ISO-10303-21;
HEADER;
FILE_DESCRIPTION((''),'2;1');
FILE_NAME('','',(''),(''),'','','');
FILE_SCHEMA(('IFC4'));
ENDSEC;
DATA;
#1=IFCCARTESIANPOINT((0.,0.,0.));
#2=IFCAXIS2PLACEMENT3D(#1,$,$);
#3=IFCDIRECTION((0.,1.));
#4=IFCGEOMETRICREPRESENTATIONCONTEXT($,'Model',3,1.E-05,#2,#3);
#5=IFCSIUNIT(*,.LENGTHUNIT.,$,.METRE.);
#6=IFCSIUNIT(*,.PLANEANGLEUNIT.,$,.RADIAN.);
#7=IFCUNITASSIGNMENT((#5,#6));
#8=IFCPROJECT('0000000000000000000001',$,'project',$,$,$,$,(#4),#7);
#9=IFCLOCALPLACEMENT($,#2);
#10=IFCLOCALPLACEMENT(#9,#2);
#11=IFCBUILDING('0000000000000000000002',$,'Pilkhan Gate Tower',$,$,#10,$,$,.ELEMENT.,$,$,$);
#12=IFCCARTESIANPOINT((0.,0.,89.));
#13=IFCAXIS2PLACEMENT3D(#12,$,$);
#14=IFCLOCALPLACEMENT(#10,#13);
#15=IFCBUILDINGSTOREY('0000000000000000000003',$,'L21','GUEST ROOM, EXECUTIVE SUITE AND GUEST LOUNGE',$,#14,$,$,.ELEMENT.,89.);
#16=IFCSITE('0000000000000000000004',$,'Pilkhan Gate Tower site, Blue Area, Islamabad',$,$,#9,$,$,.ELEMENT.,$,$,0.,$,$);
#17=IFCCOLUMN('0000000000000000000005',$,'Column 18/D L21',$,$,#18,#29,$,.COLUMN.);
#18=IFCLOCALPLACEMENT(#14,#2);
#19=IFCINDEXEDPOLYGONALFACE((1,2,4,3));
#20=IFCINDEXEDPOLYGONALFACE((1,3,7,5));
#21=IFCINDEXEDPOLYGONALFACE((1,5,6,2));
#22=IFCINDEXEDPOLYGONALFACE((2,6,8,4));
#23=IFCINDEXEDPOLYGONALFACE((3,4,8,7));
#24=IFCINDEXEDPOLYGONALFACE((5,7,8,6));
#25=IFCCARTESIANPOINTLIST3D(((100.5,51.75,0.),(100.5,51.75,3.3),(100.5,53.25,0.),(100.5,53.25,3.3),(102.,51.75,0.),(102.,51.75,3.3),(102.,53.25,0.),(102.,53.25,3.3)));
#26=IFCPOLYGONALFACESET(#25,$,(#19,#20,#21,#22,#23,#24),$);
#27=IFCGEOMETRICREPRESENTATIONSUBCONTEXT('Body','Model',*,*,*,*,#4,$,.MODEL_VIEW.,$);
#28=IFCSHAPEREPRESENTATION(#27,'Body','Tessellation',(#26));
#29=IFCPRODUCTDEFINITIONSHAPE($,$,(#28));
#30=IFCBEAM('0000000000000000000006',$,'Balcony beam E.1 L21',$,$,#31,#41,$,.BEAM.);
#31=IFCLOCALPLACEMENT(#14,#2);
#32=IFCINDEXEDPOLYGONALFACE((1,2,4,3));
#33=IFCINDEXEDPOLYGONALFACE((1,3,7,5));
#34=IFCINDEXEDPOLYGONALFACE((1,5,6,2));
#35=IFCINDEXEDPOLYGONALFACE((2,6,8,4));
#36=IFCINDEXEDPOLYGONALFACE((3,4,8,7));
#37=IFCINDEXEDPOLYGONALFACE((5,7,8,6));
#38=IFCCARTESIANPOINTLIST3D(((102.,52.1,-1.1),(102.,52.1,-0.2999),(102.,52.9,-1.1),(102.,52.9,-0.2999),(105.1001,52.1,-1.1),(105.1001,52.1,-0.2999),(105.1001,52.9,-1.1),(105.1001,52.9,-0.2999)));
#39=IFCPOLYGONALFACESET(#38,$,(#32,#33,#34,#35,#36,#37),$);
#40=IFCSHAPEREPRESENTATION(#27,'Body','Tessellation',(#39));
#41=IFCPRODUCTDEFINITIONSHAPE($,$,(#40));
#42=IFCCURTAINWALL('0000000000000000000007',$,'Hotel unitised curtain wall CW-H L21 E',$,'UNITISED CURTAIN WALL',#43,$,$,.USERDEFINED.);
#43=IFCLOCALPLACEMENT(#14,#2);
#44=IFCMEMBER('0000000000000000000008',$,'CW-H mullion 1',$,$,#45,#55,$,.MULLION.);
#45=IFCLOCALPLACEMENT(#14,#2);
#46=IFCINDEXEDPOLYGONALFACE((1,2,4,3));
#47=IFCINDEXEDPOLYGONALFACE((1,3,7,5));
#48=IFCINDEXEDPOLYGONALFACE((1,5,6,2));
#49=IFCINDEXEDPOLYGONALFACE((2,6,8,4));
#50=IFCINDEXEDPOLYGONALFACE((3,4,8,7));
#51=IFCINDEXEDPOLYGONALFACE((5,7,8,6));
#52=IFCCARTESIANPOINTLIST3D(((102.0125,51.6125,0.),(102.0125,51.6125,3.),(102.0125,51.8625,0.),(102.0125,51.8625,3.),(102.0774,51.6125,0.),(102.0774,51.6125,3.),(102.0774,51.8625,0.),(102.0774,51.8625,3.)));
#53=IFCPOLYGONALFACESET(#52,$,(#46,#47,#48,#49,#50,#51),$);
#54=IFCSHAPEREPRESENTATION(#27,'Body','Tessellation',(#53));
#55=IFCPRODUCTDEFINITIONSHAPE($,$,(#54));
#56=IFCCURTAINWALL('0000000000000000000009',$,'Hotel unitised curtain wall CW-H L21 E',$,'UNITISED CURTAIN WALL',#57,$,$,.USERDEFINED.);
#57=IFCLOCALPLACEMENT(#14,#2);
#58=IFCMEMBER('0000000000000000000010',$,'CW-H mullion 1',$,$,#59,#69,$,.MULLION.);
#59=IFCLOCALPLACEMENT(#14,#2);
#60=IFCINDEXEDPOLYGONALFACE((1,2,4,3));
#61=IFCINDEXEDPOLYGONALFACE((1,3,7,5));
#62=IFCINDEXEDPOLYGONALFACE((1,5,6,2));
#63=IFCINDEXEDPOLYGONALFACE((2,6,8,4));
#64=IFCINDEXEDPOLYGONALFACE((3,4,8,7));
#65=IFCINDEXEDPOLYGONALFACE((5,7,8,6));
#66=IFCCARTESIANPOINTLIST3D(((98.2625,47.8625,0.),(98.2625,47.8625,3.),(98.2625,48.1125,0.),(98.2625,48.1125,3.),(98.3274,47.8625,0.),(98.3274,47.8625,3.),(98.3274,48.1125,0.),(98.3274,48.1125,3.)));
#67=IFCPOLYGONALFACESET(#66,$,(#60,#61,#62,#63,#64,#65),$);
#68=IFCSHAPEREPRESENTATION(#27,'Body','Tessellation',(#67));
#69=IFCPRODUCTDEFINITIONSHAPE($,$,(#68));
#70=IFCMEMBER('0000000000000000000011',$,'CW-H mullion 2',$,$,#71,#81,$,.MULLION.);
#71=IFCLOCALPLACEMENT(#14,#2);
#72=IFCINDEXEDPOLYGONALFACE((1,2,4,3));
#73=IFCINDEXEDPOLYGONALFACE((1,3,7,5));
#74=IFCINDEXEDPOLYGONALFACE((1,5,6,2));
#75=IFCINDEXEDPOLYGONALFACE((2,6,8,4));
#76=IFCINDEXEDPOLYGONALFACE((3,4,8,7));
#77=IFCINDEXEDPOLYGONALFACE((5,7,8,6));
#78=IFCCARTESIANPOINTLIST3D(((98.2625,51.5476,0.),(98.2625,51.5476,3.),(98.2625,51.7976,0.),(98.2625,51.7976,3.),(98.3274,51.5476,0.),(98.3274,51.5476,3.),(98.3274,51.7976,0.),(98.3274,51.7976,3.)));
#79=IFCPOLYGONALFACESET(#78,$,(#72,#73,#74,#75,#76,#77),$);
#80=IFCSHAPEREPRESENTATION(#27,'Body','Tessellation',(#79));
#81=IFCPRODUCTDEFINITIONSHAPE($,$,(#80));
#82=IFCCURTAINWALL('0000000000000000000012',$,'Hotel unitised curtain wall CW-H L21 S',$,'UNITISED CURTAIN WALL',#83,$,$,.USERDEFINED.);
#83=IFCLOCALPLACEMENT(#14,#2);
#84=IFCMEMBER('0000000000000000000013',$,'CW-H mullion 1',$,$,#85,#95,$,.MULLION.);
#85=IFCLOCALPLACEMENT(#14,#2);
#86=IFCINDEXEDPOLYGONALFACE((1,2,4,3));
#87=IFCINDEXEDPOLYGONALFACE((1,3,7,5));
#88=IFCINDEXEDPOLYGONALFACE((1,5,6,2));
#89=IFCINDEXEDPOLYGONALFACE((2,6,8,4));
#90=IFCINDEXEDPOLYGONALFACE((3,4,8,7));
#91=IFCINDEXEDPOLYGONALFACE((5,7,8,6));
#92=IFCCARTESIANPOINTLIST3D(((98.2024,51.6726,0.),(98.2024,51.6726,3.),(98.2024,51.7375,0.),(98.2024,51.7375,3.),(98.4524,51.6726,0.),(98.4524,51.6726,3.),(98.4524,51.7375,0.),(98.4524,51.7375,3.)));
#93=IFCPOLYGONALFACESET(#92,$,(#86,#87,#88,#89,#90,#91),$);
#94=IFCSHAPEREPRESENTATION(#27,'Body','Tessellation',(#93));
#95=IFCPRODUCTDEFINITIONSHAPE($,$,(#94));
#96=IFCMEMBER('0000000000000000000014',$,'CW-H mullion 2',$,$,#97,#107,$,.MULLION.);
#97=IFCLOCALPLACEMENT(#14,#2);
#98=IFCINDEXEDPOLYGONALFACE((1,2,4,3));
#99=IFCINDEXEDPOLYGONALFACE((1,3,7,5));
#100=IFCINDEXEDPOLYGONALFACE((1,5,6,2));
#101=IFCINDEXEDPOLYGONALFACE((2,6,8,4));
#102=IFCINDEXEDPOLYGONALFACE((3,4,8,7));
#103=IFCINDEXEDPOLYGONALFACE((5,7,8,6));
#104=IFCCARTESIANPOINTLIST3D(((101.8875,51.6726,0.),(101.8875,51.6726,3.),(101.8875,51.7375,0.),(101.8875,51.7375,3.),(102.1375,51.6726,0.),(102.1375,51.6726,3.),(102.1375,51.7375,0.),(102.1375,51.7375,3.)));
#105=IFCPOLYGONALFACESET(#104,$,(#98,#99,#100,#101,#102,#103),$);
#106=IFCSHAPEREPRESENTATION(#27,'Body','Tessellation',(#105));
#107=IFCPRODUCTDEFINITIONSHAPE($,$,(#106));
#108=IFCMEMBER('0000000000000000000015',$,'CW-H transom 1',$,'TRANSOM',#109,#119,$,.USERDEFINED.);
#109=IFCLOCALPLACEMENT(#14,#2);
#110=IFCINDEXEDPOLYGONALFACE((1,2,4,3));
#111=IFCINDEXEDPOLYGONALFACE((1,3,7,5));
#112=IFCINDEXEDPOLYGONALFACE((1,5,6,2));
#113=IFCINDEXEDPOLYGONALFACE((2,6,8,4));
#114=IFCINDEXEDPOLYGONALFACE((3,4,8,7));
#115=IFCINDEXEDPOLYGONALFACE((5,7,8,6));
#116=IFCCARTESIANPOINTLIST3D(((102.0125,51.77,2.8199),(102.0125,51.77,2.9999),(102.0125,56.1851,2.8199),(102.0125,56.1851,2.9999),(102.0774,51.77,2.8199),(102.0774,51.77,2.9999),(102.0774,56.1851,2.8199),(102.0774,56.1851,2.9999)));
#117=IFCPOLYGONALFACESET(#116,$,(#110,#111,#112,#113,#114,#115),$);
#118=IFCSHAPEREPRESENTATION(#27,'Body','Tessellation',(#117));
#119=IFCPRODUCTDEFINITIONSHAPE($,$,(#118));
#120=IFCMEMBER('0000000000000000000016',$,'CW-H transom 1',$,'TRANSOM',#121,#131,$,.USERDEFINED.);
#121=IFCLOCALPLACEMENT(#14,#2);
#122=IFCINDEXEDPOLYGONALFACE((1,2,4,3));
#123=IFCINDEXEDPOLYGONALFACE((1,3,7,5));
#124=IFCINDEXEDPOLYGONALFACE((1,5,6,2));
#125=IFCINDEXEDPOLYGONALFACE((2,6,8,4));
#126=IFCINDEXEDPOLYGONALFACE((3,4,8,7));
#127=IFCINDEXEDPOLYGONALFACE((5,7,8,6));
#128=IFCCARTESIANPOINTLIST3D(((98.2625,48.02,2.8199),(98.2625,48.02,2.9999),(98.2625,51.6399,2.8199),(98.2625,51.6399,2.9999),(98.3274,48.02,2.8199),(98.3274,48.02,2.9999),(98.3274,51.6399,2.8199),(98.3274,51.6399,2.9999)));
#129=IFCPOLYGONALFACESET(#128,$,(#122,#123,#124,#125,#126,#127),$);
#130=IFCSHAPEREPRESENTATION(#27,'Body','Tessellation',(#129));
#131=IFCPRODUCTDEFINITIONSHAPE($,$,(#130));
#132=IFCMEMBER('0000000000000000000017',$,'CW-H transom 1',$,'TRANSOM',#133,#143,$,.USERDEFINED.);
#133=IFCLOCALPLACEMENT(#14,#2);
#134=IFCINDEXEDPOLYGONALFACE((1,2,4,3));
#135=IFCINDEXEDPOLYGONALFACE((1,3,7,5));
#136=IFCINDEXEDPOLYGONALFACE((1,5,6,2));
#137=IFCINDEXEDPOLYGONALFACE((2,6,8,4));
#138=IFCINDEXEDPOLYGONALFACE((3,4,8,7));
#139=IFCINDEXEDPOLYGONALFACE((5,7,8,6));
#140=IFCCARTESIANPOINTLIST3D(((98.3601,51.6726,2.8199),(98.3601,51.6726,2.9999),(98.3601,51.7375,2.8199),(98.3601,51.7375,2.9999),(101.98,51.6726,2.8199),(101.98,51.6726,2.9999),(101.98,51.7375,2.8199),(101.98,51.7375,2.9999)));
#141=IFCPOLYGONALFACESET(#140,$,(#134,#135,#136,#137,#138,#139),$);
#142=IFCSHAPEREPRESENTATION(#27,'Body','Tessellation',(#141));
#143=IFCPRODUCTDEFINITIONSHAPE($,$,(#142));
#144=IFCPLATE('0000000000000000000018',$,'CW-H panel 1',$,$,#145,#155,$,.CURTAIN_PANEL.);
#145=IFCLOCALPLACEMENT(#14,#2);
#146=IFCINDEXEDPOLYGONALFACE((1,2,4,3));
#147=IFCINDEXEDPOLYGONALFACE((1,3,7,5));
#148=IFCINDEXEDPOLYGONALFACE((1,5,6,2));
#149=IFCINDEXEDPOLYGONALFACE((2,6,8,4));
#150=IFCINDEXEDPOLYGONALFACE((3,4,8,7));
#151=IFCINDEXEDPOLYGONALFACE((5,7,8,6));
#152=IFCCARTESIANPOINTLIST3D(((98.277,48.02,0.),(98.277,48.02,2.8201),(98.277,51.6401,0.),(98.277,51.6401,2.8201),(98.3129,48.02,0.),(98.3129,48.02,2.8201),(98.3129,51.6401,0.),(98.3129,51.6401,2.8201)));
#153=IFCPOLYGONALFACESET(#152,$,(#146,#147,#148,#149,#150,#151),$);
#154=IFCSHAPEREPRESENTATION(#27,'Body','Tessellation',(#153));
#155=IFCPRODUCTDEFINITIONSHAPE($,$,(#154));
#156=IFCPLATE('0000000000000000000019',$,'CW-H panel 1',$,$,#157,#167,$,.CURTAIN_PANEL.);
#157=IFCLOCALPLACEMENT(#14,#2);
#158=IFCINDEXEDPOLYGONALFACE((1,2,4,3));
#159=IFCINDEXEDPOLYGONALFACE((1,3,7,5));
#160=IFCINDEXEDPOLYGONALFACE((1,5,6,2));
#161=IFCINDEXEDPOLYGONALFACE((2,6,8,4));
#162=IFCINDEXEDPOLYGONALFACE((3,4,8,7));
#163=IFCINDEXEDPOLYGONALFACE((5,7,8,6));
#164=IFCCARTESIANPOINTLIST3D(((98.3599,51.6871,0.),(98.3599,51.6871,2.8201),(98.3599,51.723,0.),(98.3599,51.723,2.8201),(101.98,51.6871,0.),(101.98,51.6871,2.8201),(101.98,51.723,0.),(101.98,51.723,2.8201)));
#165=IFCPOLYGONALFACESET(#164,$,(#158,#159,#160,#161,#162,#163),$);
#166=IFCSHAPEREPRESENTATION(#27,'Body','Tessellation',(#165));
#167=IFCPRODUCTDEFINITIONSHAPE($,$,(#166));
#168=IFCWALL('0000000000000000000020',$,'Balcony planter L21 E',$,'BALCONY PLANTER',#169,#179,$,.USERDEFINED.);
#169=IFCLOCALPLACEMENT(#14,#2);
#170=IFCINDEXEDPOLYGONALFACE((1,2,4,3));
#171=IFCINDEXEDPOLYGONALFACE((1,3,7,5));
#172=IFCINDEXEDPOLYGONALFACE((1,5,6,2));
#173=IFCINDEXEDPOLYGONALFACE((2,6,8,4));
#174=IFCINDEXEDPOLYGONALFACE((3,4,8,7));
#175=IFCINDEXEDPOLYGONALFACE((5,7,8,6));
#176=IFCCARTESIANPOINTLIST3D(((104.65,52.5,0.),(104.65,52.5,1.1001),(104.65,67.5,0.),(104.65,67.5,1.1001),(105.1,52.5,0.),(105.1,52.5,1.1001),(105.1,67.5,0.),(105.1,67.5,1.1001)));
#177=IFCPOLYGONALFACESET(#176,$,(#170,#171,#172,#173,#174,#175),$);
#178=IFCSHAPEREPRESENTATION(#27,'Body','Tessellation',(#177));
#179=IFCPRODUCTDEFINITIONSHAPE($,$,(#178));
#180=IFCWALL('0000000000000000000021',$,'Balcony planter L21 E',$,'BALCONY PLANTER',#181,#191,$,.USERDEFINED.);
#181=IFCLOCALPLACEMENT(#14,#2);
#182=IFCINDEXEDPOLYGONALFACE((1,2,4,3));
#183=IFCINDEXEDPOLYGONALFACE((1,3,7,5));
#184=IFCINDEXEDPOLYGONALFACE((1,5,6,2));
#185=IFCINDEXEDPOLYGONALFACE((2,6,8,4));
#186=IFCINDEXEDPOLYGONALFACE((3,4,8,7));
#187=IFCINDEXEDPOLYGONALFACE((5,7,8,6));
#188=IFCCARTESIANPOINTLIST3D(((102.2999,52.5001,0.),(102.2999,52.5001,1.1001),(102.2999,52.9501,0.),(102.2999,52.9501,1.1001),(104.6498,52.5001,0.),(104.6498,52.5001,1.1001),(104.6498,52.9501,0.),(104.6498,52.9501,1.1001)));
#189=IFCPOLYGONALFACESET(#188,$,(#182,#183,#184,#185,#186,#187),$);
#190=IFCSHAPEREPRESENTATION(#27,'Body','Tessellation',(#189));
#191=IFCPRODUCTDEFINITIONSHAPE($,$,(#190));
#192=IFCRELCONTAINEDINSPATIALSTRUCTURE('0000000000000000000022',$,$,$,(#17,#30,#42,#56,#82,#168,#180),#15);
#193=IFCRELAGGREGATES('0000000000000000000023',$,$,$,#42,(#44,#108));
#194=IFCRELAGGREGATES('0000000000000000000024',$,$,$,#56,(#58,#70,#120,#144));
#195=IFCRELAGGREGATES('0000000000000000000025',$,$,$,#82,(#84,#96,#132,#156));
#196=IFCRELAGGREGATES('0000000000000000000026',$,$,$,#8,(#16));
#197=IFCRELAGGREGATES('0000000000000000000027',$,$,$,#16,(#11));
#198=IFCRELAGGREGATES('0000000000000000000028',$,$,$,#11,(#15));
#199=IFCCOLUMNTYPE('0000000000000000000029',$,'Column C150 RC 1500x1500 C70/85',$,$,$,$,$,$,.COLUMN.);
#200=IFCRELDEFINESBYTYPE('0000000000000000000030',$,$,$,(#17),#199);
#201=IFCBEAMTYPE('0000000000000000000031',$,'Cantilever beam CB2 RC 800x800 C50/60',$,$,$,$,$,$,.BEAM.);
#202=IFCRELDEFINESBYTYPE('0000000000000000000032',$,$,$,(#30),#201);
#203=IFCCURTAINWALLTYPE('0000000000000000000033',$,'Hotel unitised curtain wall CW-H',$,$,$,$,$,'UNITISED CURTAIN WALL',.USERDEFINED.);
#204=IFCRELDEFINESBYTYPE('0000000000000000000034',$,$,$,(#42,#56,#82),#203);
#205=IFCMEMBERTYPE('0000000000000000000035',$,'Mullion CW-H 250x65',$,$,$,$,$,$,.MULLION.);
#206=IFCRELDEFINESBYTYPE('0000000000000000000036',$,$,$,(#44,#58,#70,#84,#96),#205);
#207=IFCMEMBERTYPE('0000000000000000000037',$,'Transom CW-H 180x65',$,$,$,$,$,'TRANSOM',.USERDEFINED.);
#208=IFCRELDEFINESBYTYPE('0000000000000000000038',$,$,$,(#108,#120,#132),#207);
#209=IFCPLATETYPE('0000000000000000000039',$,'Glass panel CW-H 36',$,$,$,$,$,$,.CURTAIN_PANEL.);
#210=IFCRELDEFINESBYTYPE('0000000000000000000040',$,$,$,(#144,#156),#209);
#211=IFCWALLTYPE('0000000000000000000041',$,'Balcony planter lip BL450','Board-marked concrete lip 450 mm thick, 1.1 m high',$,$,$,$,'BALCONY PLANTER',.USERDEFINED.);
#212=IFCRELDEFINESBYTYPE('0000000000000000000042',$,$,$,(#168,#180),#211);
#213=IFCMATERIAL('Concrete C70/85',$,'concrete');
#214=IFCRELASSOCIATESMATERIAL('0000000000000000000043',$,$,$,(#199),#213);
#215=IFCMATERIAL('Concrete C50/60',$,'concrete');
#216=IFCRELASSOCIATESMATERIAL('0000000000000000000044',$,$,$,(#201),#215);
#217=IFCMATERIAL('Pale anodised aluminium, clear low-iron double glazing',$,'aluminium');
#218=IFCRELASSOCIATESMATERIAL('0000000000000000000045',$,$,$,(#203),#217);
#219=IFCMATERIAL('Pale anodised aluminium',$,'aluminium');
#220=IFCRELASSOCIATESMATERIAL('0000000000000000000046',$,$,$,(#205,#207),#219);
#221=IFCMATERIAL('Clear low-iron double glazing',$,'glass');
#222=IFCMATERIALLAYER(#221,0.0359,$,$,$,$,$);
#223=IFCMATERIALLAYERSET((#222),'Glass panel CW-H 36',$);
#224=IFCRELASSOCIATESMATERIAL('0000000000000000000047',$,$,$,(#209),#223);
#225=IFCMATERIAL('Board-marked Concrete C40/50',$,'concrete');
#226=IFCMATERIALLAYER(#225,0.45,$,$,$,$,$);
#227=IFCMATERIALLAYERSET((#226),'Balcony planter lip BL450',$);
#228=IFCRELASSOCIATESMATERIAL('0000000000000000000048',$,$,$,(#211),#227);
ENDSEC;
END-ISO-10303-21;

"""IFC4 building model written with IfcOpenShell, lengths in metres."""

from ifc_helpers import new_model, si_unit, direction, frame, frame_2d, origin, origin_2d, place, context, subcontext, project, spatial, rectangle, extrude, material, layer, layer_set, material_profile, profile_set, type_object, element, aggregate, save


model = new_model("IFC4")

# Units and contexts
model_context = context("Model", 3, precision=1e-05, world=origin(), true_north=direction((0.0, 1.0)))
body_context = subcontext(model_context, "Body", "Model", "MODEL_VIEW")
ifc_project = project(units=[si_unit("LENGTHUNIT", "METRE"), si_unit("PLANEANGLEUNIT", "RADIAN")], contexts=[model_context])

# Site, building, storey
site_placement = place(None, origin())
site = spatial("IfcSite", under=ifc_project, at=site_placement, Name="Pilkhan Gate Tower site, Blue Area, Islamabad", CompositionType="ELEMENT", RefElevation=0.0)
building_placement = place(site_placement, origin())
building = spatial("IfcBuilding", under=site, at=building_placement, Name="Pilkhan Gate Tower", CompositionType="ELEMENT")
storey_placement = place(building_placement, frame((0.0, 0.0, 89.0)))
storey = spatial("IfcBuildingStorey", under=building, at=storey_placement, Name="L21", Description="GUEST ROOM, EXECUTIVE SUITE AND GUEST LOUNGE", CompositionType="ELEMENT", Elevation=89.0)

# Column
ifc_material_1 = material(Name="Concrete C70/85", Category="concrete")
ifc_material_profile_1 = material_profile(ifc_material_1, rectangle(XDim=1.5, YDim=1.5, at=origin_2d()), Name="RC 1500x1500")
ifc_profile_set_1 = profile_set([ifc_material_profile_1], Name="Concrete C70/85")
column_type = type_object("IfcColumnType", Name="Column C150 RC 1500x1500 C70/85", PredefinedType="COLUMN", material=ifc_profile_set_1)
column_placement = place(storey_placement, frame((101.25, 52.5, 0.0), z_axis=(0.0, 0.0, 1.0), x_axis=(1.0, 0.0, 0.0)))
element("IfcColumn", 1, at=column_placement, inside=storey, type_object=column_type, Name="Column 18/D L21", PredefinedType="COLUMN", context=body_context, shape_type="SweptSolid", body=[
    extrude(rectangle(XDim=1.5, YDim=1.5, at=origin_2d()), origin(), (0.0, 0.0, 1.0), 3.3),
])

# Beam
ifc_material_2 = material(Name="Concrete C50/60", Category="concrete")
ifc_material_profile_2 = material_profile(ifc_material_2, rectangle(XDim=0.8, YDim=0.8, at=origin_2d()), Name="RC 800x800")
ifc_profile_set_2 = profile_set([ifc_material_profile_2], Name="Concrete C50/60")
beam_type = type_object("IfcBeamType", Name="Cantilever beam CB2 RC 800x800 C50/60", PredefinedType="BEAM", material=ifc_profile_set_2)
beam_placement = place(storey_placement, frame((102.0, 52.5, -0.7), z_axis=(1.0, 0.0, 0.0), x_axis=(0.0, 1.0, 0.0)))
element("IfcBeam", 2, at=beam_placement, inside=storey, type_object=beam_type, Name="Balcony beam E.1 L21", PredefinedType="BEAM", context=body_context, shape_type="SweptSolid", body=[
    extrude(rectangle(XDim=0.8, YDim=0.8, at=origin_2d()), origin(), (0.0, 0.0, 1.0), 3.1001),
])

# Curtain wall, member
ifc_material_3 = material(Name="Pale anodised aluminium, clear low-iron double glazing", Category="aluminium")
curtain_wall_type = type_object("IfcCurtainWallType", Name="Hotel unitised curtain wall CW-H", ElementType="UNITISED CURTAIN WALL", PredefinedType="USERDEFINED", material=ifc_material_3)
curtain_wall_1_placement = place(storey_placement, origin())
curtain_wall_1 = element("IfcCurtainWall", 3, at=curtain_wall_1_placement, inside=storey, type_object=curtain_wall_type, Name="Hotel unitised curtain wall CW-H L21 E", ObjectType="UNITISED CURTAIN WALL", PredefinedType="USERDEFINED")
ifc_material_4 = material(Name="Pale anodised aluminium", Category="aluminium")
ifc_material_profile_3 = material_profile(ifc_material_4, rectangle(XDim=0.0649, YDim=0.25, at=origin_2d()), Name="Mullion 250x65")
ifc_profile_set_3 = profile_set([ifc_material_profile_3], Name="Pale anodised aluminium")
member_type_1 = type_object("IfcMemberType", Name="Mullion CW-H 250x65", PredefinedType="MULLION", material=ifc_profile_set_3)
member_1_placement = place(storey_placement, frame((102.0449, 51.7375, 0.0), z_axis=(0.0, 0.0, 1.0), x_axis=(-1.0, 0.0, 0.0)))
member_1 = element("IfcMember", 4, at=member_1_placement, type_object=member_type_1, Name="CW-H mullion 1", PredefinedType="MULLION", context=body_context, shape_type="SweptSolid", body=[
    extrude(rectangle(XDim=0.0649, YDim=0.25, at=origin_2d()), origin(), (0.0, 0.0, 1.0), 3.0),
])

# Curtain walls, members
curtain_wall_2_placement = place(storey_placement, origin())
curtain_wall_2 = element("IfcCurtainWall", 5, at=curtain_wall_2_placement, inside=storey, type_object=curtain_wall_type, Name="Hotel unitised curtain wall CW-H L21 E", ObjectType="UNITISED CURTAIN WALL", PredefinedType="USERDEFINED")
member_2_placement = place(storey_placement, frame((98.2949, 47.9875, 0.0), z_axis=(0.0, 0.0, 1.0), x_axis=(-1.0, 0.0, 0.0)))
member_2 = element("IfcMember", 6, at=member_2_placement, type_object=member_type_1, Name="CW-H mullion 1", PredefinedType="MULLION", context=body_context, shape_type="SweptSolid", body=[
    extrude(rectangle(XDim=0.0649, YDim=0.25, at=origin_2d()), origin(), (0.0, 0.0, 1.0), 3.0),
])
member_3_placement = place(storey_placement, frame((98.2949, 51.6726, 0.0), z_axis=(0.0, 0.0, 1.0), x_axis=(-1.0, 0.0, 0.0)))
member_3 = element("IfcMember", 7, at=member_3_placement, type_object=member_type_1, Name="CW-H mullion 2", PredefinedType="MULLION", context=body_context, shape_type="SweptSolid", body=[
    extrude(rectangle(XDim=0.0649, YDim=0.25, at=origin_2d()), origin(), (0.0, 0.0, 1.0), 3.0),
])
curtain_wall_3_placement = place(storey_placement, origin())
curtain_wall_3 = element("IfcCurtainWall", 8, at=curtain_wall_3_placement, inside=storey, type_object=curtain_wall_type, Name="Hotel unitised curtain wall CW-H L21 S", ObjectType="UNITISED CURTAIN WALL", PredefinedType="USERDEFINED")
member_4_placement = place(storey_placement, frame((98.3274, 51.7051, 0.0), z_axis=(0.0, 0.0, 1.0), x_axis=(0.0, 1.0, 0.0)))
member_4 = element("IfcMember", 9, at=member_4_placement, type_object=member_type_1, Name="CW-H mullion 1", PredefinedType="MULLION", context=body_context, shape_type="SweptSolid", body=[
    extrude(rectangle(XDim=0.0649, YDim=0.25, at=origin_2d()), origin(), (0.0, 0.0, 1.0), 3.0),
])
member_5_placement = place(storey_placement, frame((102.0125, 51.7051, 0.0), z_axis=(0.0, 0.0, 1.0), x_axis=(0.0, 1.0, 0.0)))
member_5 = element("IfcMember", 10, at=member_5_placement, type_object=member_type_1, Name="CW-H mullion 2", PredefinedType="MULLION", context=body_context, shape_type="SweptSolid", body=[
    extrude(rectangle(XDim=0.0649, YDim=0.25, at=origin_2d()), origin(), (0.0, 0.0, 1.0), 3.0),
])

# Members
ifc_material_profile_4 = material_profile(ifc_material_4, rectangle(XDim=0.0649, YDim=0.1799, at=origin_2d()), Name="Transom 180x65")
ifc_profile_set_4 = profile_set([ifc_material_profile_4], Name="Pale anodised aluminium")
member_type_2 = type_object("IfcMemberType", Name="Transom CW-H 180x65", ElementType="TRANSOM", PredefinedType="USERDEFINED", material=ifc_profile_set_4)
member_6_placement = place(storey_placement, frame((102.0449, 51.77, 2.9099), z_axis=(0.0, 1.0, 0.0), x_axis=(-1.0, 0.0, 0.0)))
member_6 = element("IfcMember", 11, at=member_6_placement, type_object=member_type_2, Name="CW-H transom 1", ObjectType="TRANSOM", PredefinedType="USERDEFINED", context=body_context, shape_type="SweptSolid", body=[
    extrude(rectangle(XDim=0.0649, YDim=0.1799, at=origin_2d()), origin(), (0.0, 0.0, 1.0), 4.415),
])
aggregate(curtain_wall_1, [member_1, member_6])
member_7_placement = place(storey_placement, frame((98.2949, 48.02, 2.9099), z_axis=(0.0, 1.0, 0.0), x_axis=(-1.0, 0.0, 0.0)))
member_7 = element("IfcMember", 12, at=member_7_placement, type_object=member_type_2, Name="CW-H transom 1", ObjectType="TRANSOM", PredefinedType="USERDEFINED", context=body_context, shape_type="SweptSolid", body=[
    extrude(rectangle(XDim=0.0649, YDim=0.1799, at=origin_2d()), origin(), (0.0, 0.0, 1.0), 3.6199),
])
member_8_placement = place(storey_placement, frame((98.3601, 51.7051, 2.9099), z_axis=(1.0, 0.0, 0.0), x_axis=(0.0, 1.0, 0.0)))
member_8 = element("IfcMember", 13, at=member_8_placement, type_object=member_type_2, Name="CW-H transom 1", ObjectType="TRANSOM", PredefinedType="USERDEFINED", context=body_context, shape_type="SweptSolid", body=[
    extrude(rectangle(XDim=0.0649, YDim=0.1799, at=origin_2d()), origin(), (0.0, 0.0, 1.0), 3.6199),
])

# Plates
ifc_material_5 = material(Name="Clear low-iron double glazing", Category="glass")
ifc_layer_1 = layer(ifc_material_5, 0.0359)
ifc_layer_set_1 = layer_set([ifc_layer_1], Name="Glass panel CW-H 36")
plate_type = type_object("IfcPlateType", Name="Glass panel CW-H 36", PredefinedType="CURTAIN_PANEL", material=ifc_layer_set_1)
plate_1_placement = place(storey_placement, frame((98.2949, 49.8301, 0.0), z_axis=(0.0, 0.0, 1.0), x_axis=(0.0, 1.0, 0.0)))
plate_1 = element("IfcPlate", 14, at=plate_1_placement, type_object=plate_type, Name="CW-H panel 1", PredefinedType="CURTAIN_PANEL", context=body_context, shape_type="SweptSolid", body=[
    extrude(rectangle(XDim=3.6201, YDim=0.0359, at=origin_2d()), origin(), (0.0, 0.0, 1.0), 2.8201),
])
aggregate(curtain_wall_2, [member_2, member_3, member_7, plate_1])
plate_2_placement = place(storey_placement, frame((100.1699, 51.7051, 0.0), z_axis=(0.0, 0.0, 1.0), x_axis=(1.0, 0.0, 0.0)))
plate_2 = element("IfcPlate", 15, at=plate_2_placement, type_object=plate_type, Name="CW-H panel 1", PredefinedType="CURTAIN_PANEL", context=body_context, shape_type="SweptSolid", body=[
    extrude(rectangle(XDim=3.6201, YDim=0.0359, at=origin_2d()), origin(), (0.0, 0.0, 1.0), 2.8201),
])
aggregate(curtain_wall_3, [member_4, member_5, member_8, plate_2])

# Walls
ifc_material_6 = material(Name="Board-marked Concrete C40/50", Category="concrete")
ifc_layer_2 = layer(ifc_material_6, 0.45)
ifc_layer_set_2 = layer_set([ifc_layer_2], Name="Balcony planter lip BL450")
wall_type_1 = type_object("IfcWallType", Name="Balcony planter lip BL450", Description="Board-marked concrete lip 450 mm thick, 1.1 m high", ElementType="BALCONY PLANTER", PredefinedType="USERDEFINED", material=ifc_layer_set_2)
wall_1_placement = place(storey_placement, frame((104.875, 52.5, 0.0), z_axis=(0.0, 0.0, 1.0), x_axis=(0.0, 1.0, 0.0)))
element("IfcWall", 16, at=wall_1_placement, inside=storey, type_object=wall_type_1, Name="Balcony planter L21 E", ObjectType="BALCONY PLANTER", PredefinedType="USERDEFINED", context=body_context, shape_type="SweptSolid", body=[
    extrude(rectangle(XDim=15.0, YDim=0.45, at=frame_2d((7.5, 0.0))), origin(), (0.0, 0.0, 1.0), 1.1001),
])
wall_2_placement = place(storey_placement, frame((102.3, 52.7251, 0.0), z_axis=(0.0, 0.0, 1.0), x_axis=(1.0, 0.0, 0.0)))
element("IfcWall", 17, at=wall_2_placement, inside=storey, type_object=wall_type_1, Name="Balcony planter L21 E", ObjectType="BALCONY PLANTER", PredefinedType="USERDEFINED", context=body_context, shape_type="SweptSolid", body=[
    extrude(rectangle(XDim=2.3499, YDim=0.45, at=frame_2d((1.1748, 0.0))), origin(), (0.0, 0.0, 1.0), 1.1001),
])

save(model, "model.ifc")
